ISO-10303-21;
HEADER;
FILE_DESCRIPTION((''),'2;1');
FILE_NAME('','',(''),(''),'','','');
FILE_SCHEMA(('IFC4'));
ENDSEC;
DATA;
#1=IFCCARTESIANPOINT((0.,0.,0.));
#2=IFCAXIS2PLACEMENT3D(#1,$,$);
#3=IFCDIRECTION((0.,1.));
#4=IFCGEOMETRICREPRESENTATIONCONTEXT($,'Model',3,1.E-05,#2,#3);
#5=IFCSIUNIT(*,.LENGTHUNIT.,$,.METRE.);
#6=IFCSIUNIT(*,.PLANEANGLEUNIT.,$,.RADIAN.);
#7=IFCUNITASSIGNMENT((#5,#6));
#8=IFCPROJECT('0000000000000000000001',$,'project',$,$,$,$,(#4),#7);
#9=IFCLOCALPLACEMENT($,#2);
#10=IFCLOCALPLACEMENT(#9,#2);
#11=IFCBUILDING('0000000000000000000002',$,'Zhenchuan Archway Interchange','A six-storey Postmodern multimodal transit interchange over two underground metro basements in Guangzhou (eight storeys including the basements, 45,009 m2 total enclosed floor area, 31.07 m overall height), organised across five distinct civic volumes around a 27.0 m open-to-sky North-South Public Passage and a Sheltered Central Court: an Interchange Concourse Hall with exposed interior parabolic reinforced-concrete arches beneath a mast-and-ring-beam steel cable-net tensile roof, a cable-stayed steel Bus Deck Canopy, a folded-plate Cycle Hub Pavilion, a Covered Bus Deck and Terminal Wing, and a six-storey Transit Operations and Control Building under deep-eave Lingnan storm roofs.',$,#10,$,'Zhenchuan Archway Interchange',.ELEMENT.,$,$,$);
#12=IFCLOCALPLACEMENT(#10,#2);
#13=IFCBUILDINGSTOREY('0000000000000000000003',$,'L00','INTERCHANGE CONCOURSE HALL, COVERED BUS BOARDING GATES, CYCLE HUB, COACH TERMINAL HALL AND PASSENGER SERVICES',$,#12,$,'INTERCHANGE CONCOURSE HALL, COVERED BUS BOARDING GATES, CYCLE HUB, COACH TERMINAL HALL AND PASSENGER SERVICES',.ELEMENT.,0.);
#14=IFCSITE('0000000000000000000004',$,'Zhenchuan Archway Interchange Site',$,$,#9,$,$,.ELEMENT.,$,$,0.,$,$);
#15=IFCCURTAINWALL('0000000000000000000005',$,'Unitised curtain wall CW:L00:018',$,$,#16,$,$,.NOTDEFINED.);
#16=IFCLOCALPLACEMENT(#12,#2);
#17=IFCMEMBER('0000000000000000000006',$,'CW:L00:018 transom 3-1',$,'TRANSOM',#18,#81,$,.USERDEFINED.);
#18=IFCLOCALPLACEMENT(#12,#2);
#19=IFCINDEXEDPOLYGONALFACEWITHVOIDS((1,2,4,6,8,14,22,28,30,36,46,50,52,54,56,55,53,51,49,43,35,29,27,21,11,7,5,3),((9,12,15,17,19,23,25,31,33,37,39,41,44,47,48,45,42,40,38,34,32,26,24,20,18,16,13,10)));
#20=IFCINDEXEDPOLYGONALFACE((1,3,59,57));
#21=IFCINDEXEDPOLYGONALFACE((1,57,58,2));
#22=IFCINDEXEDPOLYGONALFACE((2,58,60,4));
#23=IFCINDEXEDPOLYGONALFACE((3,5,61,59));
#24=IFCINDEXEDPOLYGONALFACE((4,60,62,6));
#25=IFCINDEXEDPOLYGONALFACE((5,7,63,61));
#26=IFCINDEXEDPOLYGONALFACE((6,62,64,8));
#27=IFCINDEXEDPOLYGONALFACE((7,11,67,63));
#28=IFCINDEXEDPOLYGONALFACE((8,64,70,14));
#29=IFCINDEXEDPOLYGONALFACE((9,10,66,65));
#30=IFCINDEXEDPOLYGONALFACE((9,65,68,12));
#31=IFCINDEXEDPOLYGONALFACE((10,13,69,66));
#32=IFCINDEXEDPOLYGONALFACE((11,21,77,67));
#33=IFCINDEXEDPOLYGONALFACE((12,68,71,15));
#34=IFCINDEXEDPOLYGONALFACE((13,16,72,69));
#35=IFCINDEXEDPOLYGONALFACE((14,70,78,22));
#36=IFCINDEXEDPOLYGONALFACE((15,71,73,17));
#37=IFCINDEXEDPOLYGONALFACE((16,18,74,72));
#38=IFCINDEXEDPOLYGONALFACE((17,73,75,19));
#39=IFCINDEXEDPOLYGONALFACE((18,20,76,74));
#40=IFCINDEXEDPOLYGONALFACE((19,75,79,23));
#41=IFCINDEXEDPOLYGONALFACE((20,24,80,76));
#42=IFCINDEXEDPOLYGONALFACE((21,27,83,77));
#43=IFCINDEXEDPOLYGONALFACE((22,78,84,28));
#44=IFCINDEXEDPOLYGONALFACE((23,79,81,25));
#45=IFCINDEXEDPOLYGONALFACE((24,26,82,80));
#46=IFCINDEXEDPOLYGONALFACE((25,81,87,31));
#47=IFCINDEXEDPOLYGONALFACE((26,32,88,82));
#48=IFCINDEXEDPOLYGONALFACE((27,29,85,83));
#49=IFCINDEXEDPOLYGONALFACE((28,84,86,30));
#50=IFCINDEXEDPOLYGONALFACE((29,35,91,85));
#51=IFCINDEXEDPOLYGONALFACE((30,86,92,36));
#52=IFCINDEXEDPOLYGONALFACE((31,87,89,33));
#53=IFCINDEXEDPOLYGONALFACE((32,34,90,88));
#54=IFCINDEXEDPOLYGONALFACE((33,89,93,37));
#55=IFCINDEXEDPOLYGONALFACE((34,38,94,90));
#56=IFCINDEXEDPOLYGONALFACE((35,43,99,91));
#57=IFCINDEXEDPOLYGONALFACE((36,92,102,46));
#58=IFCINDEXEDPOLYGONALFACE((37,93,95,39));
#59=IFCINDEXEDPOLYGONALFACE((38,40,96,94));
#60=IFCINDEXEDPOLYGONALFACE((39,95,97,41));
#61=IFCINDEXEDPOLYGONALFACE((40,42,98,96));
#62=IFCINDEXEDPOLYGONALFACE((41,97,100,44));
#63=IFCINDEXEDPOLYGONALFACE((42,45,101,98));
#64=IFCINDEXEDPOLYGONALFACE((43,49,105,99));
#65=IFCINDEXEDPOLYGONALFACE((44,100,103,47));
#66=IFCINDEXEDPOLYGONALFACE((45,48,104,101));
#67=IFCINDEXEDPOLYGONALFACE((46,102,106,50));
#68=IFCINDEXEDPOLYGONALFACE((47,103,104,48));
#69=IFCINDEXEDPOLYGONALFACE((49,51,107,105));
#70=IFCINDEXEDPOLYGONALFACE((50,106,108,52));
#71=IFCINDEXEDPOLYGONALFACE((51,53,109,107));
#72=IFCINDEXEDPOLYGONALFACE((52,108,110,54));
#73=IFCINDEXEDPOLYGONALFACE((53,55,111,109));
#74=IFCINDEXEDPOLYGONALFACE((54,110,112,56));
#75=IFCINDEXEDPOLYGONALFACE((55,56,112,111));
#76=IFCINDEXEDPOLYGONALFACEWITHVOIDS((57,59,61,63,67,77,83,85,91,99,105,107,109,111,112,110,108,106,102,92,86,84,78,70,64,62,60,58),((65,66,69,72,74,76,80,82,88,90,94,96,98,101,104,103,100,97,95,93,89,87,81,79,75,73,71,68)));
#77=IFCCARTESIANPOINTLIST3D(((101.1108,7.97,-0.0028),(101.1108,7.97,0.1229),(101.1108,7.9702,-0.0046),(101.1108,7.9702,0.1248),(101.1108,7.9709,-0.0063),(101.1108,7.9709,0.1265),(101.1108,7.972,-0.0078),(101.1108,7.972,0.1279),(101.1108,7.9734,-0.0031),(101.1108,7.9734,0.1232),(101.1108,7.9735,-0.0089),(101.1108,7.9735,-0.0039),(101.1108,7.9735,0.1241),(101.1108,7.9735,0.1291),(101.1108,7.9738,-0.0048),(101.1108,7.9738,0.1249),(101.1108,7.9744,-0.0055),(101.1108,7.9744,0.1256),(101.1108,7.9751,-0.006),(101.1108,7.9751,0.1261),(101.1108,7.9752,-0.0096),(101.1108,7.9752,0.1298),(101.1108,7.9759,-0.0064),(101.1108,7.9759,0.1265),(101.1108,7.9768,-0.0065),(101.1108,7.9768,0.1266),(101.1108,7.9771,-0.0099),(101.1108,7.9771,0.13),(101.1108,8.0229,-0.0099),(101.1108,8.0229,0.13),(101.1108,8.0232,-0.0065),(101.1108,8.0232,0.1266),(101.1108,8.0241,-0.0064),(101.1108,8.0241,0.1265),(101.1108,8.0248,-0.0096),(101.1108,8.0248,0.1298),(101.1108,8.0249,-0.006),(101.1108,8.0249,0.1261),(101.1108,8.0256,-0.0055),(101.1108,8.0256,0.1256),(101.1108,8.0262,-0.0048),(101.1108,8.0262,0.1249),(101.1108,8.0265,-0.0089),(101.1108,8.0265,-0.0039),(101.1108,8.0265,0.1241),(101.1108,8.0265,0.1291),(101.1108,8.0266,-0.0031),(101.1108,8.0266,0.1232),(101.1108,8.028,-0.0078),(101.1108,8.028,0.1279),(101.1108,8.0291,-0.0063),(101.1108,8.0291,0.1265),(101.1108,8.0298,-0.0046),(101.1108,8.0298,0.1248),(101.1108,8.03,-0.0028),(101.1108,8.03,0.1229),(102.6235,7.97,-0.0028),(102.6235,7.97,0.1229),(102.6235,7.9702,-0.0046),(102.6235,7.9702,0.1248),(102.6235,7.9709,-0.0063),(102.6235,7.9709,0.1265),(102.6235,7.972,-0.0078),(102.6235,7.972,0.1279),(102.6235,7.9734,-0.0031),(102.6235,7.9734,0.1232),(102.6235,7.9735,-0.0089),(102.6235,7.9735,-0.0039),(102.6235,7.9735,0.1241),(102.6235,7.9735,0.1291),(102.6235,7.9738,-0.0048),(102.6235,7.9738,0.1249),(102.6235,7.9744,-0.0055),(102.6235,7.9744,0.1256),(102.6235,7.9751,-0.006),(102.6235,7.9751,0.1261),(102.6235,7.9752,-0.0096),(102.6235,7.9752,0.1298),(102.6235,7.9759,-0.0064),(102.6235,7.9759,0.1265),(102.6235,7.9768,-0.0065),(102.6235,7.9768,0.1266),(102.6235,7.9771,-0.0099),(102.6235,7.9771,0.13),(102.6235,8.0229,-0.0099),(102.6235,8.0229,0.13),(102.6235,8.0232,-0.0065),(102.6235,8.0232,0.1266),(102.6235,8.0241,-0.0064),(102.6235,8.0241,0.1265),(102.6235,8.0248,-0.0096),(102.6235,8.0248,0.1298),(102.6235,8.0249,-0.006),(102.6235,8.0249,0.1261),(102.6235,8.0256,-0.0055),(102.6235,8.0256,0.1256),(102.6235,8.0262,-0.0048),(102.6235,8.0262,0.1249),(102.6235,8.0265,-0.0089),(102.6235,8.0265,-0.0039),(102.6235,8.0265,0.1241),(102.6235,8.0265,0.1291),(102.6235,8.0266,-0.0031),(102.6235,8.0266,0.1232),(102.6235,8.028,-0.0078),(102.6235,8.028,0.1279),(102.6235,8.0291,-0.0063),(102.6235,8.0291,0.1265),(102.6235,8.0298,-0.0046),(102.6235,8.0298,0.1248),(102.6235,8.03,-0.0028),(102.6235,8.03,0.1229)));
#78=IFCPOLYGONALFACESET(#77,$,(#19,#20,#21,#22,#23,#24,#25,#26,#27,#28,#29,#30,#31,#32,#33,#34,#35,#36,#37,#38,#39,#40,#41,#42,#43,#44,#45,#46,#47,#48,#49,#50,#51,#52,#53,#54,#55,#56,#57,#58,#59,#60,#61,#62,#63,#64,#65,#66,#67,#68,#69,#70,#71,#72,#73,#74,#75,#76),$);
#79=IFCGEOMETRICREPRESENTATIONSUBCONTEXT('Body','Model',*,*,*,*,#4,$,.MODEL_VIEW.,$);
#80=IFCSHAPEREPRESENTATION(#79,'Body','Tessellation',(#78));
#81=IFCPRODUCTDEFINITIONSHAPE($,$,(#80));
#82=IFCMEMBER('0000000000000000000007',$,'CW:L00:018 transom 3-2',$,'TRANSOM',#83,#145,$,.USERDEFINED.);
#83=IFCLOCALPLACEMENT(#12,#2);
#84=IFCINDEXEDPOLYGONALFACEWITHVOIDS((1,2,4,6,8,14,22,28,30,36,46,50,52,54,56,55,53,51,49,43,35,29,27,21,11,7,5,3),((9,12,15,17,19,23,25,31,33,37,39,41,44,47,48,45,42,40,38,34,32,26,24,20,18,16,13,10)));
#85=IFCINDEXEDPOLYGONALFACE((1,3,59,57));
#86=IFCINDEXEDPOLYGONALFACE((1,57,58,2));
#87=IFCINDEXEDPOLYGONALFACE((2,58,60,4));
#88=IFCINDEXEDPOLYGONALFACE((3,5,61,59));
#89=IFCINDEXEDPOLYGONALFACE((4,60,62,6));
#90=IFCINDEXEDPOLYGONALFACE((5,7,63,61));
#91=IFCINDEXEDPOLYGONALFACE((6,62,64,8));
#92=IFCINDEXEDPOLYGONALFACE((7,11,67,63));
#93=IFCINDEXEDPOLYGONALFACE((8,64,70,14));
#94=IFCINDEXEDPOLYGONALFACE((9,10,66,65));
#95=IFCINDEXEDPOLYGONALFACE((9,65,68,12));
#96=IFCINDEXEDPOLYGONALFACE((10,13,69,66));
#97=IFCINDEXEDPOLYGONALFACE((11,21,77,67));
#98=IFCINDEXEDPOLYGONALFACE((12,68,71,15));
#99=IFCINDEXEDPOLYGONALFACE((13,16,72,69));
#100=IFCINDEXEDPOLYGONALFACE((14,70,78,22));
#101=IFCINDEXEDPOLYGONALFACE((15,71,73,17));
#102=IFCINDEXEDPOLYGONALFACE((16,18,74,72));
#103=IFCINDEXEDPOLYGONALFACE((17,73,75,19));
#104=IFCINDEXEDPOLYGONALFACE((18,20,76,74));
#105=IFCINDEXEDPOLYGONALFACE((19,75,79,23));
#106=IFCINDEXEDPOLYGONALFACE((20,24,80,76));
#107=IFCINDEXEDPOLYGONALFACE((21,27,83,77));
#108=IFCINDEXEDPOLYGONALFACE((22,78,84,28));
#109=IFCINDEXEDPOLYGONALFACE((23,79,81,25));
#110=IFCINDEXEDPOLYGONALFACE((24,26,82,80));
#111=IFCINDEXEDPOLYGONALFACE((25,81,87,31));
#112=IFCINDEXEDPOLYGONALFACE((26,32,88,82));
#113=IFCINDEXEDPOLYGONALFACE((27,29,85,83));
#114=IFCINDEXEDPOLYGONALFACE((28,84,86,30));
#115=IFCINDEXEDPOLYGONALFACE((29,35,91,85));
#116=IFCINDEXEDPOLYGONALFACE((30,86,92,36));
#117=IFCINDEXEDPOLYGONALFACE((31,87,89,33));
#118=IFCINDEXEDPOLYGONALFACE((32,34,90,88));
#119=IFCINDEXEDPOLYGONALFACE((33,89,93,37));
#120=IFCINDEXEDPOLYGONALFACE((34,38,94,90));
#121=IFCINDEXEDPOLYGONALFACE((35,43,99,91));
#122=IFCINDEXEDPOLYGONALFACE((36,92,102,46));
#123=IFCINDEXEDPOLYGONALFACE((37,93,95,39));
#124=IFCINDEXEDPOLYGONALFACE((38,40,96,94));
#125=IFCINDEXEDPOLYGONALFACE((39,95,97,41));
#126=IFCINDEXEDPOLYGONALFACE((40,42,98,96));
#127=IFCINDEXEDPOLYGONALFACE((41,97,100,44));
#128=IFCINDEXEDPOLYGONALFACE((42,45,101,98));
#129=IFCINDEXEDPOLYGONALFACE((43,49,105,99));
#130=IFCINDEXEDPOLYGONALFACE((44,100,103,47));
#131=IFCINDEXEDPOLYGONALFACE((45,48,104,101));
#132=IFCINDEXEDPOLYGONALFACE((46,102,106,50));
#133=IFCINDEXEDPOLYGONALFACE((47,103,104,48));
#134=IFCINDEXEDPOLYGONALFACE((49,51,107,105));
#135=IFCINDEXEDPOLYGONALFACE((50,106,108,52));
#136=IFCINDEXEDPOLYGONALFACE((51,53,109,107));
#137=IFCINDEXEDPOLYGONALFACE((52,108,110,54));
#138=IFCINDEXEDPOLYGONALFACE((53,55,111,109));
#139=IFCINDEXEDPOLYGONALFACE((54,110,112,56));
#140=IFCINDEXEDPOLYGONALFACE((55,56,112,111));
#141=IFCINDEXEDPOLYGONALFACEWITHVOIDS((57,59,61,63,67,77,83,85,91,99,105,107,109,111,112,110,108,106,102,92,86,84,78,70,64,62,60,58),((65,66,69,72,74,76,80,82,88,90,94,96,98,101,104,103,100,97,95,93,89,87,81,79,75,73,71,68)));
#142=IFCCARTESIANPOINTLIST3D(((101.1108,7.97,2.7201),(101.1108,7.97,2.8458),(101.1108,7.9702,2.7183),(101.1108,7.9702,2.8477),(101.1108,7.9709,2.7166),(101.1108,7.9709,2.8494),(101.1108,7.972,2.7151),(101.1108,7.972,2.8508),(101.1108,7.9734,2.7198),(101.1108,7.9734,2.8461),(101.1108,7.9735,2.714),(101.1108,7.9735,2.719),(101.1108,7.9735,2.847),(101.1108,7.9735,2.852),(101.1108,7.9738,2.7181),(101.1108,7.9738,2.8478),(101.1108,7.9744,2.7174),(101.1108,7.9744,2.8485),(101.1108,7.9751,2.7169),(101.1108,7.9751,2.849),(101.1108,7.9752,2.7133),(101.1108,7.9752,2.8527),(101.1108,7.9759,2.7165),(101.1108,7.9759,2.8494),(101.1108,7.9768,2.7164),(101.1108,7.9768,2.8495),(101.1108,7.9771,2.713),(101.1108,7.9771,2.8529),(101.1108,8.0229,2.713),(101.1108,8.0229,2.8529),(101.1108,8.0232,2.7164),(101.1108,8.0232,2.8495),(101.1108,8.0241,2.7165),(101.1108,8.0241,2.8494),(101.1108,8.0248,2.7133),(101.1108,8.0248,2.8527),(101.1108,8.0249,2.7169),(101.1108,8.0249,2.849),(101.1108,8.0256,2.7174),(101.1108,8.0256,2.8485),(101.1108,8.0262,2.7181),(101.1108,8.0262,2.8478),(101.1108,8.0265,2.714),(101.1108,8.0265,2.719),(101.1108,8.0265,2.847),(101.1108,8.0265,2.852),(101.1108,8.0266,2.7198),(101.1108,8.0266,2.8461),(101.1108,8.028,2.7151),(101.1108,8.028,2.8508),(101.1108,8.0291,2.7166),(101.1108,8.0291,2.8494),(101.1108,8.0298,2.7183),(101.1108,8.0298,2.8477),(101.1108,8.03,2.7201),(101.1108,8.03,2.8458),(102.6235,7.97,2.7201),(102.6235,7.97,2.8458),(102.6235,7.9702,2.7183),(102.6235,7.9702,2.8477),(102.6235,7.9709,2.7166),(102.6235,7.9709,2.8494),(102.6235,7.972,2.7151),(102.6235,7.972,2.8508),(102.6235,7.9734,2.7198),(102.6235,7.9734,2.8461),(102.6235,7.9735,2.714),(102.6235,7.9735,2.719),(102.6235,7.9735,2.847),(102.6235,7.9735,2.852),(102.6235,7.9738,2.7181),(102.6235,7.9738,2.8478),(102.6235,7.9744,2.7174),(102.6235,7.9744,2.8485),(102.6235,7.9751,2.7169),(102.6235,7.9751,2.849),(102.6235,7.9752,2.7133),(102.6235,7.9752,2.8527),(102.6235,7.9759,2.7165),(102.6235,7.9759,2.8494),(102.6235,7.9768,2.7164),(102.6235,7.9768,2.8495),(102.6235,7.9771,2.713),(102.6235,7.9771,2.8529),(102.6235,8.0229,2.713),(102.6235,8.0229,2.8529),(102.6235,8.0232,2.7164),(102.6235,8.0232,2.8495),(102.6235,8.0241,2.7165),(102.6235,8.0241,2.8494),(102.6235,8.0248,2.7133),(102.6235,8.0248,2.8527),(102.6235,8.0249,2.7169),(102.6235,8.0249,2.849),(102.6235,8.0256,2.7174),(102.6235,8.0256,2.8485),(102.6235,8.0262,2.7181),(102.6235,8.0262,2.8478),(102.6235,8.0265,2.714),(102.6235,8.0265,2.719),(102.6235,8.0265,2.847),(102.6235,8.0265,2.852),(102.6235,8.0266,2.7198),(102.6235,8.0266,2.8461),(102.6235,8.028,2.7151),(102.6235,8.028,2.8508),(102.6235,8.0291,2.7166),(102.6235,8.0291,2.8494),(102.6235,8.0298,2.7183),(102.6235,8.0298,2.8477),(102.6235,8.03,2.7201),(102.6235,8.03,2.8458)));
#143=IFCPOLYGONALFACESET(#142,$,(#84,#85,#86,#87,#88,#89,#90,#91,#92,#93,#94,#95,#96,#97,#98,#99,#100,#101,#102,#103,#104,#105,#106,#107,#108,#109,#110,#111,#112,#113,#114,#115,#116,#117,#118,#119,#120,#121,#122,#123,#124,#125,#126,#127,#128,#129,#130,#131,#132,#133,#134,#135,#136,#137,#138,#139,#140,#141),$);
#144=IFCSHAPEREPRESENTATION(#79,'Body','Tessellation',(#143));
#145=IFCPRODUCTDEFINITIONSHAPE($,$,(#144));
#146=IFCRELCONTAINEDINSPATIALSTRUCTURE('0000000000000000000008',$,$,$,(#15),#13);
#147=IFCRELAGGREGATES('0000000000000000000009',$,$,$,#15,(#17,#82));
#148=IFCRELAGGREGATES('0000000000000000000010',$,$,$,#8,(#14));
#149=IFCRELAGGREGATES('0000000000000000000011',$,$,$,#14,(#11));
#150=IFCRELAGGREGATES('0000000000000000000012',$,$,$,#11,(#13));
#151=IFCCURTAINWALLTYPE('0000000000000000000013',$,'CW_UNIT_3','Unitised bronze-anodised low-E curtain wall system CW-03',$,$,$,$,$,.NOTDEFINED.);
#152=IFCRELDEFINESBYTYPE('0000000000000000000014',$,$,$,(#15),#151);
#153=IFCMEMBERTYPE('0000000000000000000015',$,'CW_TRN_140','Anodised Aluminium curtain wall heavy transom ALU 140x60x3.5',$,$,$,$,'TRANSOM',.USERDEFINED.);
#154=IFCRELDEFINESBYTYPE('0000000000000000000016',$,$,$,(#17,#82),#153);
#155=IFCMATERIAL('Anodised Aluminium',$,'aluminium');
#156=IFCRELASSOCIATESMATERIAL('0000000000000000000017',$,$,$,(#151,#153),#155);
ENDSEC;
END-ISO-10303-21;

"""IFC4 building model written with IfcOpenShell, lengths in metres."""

from ifc_helpers import new_model, si_unit, direction, frame, origin, origin_2d, place, context, subcontext, project, spatial, hollow_rectangle, extrude, material, material_profile, profile_set, type_object, element, aggregate, save


model = new_model("IFC4")

# Units and contexts
model_context = context("Model", 3, precision=1e-05, world=origin(), true_north=direction((0.0, 1.0)))
body_context = subcontext(model_context, "Body", "Model", "MODEL_VIEW")
ifc_project = project(units=[si_unit("LENGTHUNIT", "METRE"), si_unit("PLANEANGLEUNIT", "RADIAN")], contexts=[model_context])

# Site, building, storey
site_placement = place(None, origin())
site = spatial("IfcSite", under=ifc_project, at=site_placement, Name="Zhenchuan Archway Interchange Site", CompositionType="ELEMENT", RefElevation=0.0)
building_placement = place(site_placement, origin())
building = spatial("IfcBuilding", under=site, at=building_placement, Name="Zhenchuan Archway Interchange", Description="A six-storey Postmodern multimodal transit interchange over two underground metro basements in Guangzhou (eight storeys including the basements, 45,009 m2 total enclosed floor area, 31.07 m overall height), organised across five distinct civic volumes around a 27.0 m open-to-sky North-South Public Passage and a Sheltered Central Court: an Interchange Concourse Hall with exposed interior parabolic reinforced-concrete arches beneath a mast-and-ring-beam steel cable-net tensile roof, a cable-stayed steel Bus Deck Canopy, a folded-plate Cycle Hub Pavilion, a Covered Bus Deck and Terminal Wing, and a six-storey Transit Operations and Control Building under deep-eave Lingnan storm roofs.", LongName="Zhenchuan Archway Interchange", CompositionType="ELEMENT")
storey_placement = place(building_placement, origin())
storey = spatial("IfcBuildingStorey", under=building, at=storey_placement, Name="L00", Description="INTERCHANGE CONCOURSE HALL, COVERED BUS BOARDING GATES, CYCLE HUB, COACH TERMINAL HALL AND PASSENGER SERVICES", LongName="INTERCHANGE CONCOURSE HALL, COVERED BUS BOARDING GATES, CYCLE HUB, COACH TERMINAL HALL AND PASSENGER SERVICES", CompositionType="ELEMENT", Elevation=0.0)

# Curtain wall, members
ifc_material_1 = material(Name="Anodised Aluminium", Category="aluminium")
curtain_wall_type = type_object("IfcCurtainWallType", Name="CW_UNIT_3", Description="Unitised bronze-anodised low-E curtain wall system CW-03", PredefinedType="NOTDEFINED", material=ifc_material_1)
curtain_wall_placement = place(storey_placement, origin())
curtain_wall = element("IfcCurtainWall", 1, at=curtain_wall_placement, inside=storey, type_object=curtain_wall_type, Name="Unitised curtain wall CW:L00:018", PredefinedType="NOTDEFINED")
ifc_material_profile_1 = material_profile(ifc_material_1, hollow_rectangle(XDim=0.0601, YDim=0.1399, WallThickness=0.0034, InnerFilletRadius=0.0034, OuterFilletRadius=0.0071, at=origin_2d()), Name="ALU 140x60x3.5")
ifc_profile_set_1 = profile_set([ifc_material_profile_1], Name="Anodised Aluminium")
member_type_1 = type_object("IfcMemberType", Name="CW_TRN_140", Description="Anodised Aluminium curtain wall heavy transom ALU 140x60x3.5", ElementType="TRANSOM", PredefinedType="USERDEFINED", material=ifc_profile_set_1)
member_1_placement = place(storey_placement, frame((102.6235, 8.0, 0.0601), z_axis=(-1.0, 0.0, 0.0), x_axis=(0.0, -1.0, 0.0)))
member_1 = element("IfcMember", 2, at=member_1_placement, type_object=member_type_1, Name="CW:L00:018 transom 3-1", ObjectType="TRANSOM", PredefinedType="USERDEFINED", context=body_context, shape_type="SweptSolid", body=[
    extrude(hollow_rectangle(XDim=0.0601, YDim=0.1399, WallThickness=0.0034, InnerFilletRadius=0.0034, OuterFilletRadius=0.0071, at=origin_2d()), origin(), (0.0, 0.0, 1.0), 1.5127),
])
member_2_placement = place(storey_placement, frame((102.6235, 8.0, 2.783), z_axis=(-1.0, 0.0, 0.0), x_axis=(0.0, -1.0, 0.0)))
member_2 = element("IfcMember", 3, at=member_2_placement, type_object=member_type_1, Name="CW:L00:018 transom 3-2", ObjectType="TRANSOM", PredefinedType="USERDEFINED", context=body_context, shape_type="SweptSolid", body=[
    extrude(hollow_rectangle(XDim=0.0601, YDim=0.1399, WallThickness=0.0034, InnerFilletRadius=0.0034, OuterFilletRadius=0.0071, at=origin_2d()), origin(), (0.0, 0.0, 1.0), 1.5127),
])

aggregate(curtain_wall, [member_1, member_2])

save(model, "model.ifc")
